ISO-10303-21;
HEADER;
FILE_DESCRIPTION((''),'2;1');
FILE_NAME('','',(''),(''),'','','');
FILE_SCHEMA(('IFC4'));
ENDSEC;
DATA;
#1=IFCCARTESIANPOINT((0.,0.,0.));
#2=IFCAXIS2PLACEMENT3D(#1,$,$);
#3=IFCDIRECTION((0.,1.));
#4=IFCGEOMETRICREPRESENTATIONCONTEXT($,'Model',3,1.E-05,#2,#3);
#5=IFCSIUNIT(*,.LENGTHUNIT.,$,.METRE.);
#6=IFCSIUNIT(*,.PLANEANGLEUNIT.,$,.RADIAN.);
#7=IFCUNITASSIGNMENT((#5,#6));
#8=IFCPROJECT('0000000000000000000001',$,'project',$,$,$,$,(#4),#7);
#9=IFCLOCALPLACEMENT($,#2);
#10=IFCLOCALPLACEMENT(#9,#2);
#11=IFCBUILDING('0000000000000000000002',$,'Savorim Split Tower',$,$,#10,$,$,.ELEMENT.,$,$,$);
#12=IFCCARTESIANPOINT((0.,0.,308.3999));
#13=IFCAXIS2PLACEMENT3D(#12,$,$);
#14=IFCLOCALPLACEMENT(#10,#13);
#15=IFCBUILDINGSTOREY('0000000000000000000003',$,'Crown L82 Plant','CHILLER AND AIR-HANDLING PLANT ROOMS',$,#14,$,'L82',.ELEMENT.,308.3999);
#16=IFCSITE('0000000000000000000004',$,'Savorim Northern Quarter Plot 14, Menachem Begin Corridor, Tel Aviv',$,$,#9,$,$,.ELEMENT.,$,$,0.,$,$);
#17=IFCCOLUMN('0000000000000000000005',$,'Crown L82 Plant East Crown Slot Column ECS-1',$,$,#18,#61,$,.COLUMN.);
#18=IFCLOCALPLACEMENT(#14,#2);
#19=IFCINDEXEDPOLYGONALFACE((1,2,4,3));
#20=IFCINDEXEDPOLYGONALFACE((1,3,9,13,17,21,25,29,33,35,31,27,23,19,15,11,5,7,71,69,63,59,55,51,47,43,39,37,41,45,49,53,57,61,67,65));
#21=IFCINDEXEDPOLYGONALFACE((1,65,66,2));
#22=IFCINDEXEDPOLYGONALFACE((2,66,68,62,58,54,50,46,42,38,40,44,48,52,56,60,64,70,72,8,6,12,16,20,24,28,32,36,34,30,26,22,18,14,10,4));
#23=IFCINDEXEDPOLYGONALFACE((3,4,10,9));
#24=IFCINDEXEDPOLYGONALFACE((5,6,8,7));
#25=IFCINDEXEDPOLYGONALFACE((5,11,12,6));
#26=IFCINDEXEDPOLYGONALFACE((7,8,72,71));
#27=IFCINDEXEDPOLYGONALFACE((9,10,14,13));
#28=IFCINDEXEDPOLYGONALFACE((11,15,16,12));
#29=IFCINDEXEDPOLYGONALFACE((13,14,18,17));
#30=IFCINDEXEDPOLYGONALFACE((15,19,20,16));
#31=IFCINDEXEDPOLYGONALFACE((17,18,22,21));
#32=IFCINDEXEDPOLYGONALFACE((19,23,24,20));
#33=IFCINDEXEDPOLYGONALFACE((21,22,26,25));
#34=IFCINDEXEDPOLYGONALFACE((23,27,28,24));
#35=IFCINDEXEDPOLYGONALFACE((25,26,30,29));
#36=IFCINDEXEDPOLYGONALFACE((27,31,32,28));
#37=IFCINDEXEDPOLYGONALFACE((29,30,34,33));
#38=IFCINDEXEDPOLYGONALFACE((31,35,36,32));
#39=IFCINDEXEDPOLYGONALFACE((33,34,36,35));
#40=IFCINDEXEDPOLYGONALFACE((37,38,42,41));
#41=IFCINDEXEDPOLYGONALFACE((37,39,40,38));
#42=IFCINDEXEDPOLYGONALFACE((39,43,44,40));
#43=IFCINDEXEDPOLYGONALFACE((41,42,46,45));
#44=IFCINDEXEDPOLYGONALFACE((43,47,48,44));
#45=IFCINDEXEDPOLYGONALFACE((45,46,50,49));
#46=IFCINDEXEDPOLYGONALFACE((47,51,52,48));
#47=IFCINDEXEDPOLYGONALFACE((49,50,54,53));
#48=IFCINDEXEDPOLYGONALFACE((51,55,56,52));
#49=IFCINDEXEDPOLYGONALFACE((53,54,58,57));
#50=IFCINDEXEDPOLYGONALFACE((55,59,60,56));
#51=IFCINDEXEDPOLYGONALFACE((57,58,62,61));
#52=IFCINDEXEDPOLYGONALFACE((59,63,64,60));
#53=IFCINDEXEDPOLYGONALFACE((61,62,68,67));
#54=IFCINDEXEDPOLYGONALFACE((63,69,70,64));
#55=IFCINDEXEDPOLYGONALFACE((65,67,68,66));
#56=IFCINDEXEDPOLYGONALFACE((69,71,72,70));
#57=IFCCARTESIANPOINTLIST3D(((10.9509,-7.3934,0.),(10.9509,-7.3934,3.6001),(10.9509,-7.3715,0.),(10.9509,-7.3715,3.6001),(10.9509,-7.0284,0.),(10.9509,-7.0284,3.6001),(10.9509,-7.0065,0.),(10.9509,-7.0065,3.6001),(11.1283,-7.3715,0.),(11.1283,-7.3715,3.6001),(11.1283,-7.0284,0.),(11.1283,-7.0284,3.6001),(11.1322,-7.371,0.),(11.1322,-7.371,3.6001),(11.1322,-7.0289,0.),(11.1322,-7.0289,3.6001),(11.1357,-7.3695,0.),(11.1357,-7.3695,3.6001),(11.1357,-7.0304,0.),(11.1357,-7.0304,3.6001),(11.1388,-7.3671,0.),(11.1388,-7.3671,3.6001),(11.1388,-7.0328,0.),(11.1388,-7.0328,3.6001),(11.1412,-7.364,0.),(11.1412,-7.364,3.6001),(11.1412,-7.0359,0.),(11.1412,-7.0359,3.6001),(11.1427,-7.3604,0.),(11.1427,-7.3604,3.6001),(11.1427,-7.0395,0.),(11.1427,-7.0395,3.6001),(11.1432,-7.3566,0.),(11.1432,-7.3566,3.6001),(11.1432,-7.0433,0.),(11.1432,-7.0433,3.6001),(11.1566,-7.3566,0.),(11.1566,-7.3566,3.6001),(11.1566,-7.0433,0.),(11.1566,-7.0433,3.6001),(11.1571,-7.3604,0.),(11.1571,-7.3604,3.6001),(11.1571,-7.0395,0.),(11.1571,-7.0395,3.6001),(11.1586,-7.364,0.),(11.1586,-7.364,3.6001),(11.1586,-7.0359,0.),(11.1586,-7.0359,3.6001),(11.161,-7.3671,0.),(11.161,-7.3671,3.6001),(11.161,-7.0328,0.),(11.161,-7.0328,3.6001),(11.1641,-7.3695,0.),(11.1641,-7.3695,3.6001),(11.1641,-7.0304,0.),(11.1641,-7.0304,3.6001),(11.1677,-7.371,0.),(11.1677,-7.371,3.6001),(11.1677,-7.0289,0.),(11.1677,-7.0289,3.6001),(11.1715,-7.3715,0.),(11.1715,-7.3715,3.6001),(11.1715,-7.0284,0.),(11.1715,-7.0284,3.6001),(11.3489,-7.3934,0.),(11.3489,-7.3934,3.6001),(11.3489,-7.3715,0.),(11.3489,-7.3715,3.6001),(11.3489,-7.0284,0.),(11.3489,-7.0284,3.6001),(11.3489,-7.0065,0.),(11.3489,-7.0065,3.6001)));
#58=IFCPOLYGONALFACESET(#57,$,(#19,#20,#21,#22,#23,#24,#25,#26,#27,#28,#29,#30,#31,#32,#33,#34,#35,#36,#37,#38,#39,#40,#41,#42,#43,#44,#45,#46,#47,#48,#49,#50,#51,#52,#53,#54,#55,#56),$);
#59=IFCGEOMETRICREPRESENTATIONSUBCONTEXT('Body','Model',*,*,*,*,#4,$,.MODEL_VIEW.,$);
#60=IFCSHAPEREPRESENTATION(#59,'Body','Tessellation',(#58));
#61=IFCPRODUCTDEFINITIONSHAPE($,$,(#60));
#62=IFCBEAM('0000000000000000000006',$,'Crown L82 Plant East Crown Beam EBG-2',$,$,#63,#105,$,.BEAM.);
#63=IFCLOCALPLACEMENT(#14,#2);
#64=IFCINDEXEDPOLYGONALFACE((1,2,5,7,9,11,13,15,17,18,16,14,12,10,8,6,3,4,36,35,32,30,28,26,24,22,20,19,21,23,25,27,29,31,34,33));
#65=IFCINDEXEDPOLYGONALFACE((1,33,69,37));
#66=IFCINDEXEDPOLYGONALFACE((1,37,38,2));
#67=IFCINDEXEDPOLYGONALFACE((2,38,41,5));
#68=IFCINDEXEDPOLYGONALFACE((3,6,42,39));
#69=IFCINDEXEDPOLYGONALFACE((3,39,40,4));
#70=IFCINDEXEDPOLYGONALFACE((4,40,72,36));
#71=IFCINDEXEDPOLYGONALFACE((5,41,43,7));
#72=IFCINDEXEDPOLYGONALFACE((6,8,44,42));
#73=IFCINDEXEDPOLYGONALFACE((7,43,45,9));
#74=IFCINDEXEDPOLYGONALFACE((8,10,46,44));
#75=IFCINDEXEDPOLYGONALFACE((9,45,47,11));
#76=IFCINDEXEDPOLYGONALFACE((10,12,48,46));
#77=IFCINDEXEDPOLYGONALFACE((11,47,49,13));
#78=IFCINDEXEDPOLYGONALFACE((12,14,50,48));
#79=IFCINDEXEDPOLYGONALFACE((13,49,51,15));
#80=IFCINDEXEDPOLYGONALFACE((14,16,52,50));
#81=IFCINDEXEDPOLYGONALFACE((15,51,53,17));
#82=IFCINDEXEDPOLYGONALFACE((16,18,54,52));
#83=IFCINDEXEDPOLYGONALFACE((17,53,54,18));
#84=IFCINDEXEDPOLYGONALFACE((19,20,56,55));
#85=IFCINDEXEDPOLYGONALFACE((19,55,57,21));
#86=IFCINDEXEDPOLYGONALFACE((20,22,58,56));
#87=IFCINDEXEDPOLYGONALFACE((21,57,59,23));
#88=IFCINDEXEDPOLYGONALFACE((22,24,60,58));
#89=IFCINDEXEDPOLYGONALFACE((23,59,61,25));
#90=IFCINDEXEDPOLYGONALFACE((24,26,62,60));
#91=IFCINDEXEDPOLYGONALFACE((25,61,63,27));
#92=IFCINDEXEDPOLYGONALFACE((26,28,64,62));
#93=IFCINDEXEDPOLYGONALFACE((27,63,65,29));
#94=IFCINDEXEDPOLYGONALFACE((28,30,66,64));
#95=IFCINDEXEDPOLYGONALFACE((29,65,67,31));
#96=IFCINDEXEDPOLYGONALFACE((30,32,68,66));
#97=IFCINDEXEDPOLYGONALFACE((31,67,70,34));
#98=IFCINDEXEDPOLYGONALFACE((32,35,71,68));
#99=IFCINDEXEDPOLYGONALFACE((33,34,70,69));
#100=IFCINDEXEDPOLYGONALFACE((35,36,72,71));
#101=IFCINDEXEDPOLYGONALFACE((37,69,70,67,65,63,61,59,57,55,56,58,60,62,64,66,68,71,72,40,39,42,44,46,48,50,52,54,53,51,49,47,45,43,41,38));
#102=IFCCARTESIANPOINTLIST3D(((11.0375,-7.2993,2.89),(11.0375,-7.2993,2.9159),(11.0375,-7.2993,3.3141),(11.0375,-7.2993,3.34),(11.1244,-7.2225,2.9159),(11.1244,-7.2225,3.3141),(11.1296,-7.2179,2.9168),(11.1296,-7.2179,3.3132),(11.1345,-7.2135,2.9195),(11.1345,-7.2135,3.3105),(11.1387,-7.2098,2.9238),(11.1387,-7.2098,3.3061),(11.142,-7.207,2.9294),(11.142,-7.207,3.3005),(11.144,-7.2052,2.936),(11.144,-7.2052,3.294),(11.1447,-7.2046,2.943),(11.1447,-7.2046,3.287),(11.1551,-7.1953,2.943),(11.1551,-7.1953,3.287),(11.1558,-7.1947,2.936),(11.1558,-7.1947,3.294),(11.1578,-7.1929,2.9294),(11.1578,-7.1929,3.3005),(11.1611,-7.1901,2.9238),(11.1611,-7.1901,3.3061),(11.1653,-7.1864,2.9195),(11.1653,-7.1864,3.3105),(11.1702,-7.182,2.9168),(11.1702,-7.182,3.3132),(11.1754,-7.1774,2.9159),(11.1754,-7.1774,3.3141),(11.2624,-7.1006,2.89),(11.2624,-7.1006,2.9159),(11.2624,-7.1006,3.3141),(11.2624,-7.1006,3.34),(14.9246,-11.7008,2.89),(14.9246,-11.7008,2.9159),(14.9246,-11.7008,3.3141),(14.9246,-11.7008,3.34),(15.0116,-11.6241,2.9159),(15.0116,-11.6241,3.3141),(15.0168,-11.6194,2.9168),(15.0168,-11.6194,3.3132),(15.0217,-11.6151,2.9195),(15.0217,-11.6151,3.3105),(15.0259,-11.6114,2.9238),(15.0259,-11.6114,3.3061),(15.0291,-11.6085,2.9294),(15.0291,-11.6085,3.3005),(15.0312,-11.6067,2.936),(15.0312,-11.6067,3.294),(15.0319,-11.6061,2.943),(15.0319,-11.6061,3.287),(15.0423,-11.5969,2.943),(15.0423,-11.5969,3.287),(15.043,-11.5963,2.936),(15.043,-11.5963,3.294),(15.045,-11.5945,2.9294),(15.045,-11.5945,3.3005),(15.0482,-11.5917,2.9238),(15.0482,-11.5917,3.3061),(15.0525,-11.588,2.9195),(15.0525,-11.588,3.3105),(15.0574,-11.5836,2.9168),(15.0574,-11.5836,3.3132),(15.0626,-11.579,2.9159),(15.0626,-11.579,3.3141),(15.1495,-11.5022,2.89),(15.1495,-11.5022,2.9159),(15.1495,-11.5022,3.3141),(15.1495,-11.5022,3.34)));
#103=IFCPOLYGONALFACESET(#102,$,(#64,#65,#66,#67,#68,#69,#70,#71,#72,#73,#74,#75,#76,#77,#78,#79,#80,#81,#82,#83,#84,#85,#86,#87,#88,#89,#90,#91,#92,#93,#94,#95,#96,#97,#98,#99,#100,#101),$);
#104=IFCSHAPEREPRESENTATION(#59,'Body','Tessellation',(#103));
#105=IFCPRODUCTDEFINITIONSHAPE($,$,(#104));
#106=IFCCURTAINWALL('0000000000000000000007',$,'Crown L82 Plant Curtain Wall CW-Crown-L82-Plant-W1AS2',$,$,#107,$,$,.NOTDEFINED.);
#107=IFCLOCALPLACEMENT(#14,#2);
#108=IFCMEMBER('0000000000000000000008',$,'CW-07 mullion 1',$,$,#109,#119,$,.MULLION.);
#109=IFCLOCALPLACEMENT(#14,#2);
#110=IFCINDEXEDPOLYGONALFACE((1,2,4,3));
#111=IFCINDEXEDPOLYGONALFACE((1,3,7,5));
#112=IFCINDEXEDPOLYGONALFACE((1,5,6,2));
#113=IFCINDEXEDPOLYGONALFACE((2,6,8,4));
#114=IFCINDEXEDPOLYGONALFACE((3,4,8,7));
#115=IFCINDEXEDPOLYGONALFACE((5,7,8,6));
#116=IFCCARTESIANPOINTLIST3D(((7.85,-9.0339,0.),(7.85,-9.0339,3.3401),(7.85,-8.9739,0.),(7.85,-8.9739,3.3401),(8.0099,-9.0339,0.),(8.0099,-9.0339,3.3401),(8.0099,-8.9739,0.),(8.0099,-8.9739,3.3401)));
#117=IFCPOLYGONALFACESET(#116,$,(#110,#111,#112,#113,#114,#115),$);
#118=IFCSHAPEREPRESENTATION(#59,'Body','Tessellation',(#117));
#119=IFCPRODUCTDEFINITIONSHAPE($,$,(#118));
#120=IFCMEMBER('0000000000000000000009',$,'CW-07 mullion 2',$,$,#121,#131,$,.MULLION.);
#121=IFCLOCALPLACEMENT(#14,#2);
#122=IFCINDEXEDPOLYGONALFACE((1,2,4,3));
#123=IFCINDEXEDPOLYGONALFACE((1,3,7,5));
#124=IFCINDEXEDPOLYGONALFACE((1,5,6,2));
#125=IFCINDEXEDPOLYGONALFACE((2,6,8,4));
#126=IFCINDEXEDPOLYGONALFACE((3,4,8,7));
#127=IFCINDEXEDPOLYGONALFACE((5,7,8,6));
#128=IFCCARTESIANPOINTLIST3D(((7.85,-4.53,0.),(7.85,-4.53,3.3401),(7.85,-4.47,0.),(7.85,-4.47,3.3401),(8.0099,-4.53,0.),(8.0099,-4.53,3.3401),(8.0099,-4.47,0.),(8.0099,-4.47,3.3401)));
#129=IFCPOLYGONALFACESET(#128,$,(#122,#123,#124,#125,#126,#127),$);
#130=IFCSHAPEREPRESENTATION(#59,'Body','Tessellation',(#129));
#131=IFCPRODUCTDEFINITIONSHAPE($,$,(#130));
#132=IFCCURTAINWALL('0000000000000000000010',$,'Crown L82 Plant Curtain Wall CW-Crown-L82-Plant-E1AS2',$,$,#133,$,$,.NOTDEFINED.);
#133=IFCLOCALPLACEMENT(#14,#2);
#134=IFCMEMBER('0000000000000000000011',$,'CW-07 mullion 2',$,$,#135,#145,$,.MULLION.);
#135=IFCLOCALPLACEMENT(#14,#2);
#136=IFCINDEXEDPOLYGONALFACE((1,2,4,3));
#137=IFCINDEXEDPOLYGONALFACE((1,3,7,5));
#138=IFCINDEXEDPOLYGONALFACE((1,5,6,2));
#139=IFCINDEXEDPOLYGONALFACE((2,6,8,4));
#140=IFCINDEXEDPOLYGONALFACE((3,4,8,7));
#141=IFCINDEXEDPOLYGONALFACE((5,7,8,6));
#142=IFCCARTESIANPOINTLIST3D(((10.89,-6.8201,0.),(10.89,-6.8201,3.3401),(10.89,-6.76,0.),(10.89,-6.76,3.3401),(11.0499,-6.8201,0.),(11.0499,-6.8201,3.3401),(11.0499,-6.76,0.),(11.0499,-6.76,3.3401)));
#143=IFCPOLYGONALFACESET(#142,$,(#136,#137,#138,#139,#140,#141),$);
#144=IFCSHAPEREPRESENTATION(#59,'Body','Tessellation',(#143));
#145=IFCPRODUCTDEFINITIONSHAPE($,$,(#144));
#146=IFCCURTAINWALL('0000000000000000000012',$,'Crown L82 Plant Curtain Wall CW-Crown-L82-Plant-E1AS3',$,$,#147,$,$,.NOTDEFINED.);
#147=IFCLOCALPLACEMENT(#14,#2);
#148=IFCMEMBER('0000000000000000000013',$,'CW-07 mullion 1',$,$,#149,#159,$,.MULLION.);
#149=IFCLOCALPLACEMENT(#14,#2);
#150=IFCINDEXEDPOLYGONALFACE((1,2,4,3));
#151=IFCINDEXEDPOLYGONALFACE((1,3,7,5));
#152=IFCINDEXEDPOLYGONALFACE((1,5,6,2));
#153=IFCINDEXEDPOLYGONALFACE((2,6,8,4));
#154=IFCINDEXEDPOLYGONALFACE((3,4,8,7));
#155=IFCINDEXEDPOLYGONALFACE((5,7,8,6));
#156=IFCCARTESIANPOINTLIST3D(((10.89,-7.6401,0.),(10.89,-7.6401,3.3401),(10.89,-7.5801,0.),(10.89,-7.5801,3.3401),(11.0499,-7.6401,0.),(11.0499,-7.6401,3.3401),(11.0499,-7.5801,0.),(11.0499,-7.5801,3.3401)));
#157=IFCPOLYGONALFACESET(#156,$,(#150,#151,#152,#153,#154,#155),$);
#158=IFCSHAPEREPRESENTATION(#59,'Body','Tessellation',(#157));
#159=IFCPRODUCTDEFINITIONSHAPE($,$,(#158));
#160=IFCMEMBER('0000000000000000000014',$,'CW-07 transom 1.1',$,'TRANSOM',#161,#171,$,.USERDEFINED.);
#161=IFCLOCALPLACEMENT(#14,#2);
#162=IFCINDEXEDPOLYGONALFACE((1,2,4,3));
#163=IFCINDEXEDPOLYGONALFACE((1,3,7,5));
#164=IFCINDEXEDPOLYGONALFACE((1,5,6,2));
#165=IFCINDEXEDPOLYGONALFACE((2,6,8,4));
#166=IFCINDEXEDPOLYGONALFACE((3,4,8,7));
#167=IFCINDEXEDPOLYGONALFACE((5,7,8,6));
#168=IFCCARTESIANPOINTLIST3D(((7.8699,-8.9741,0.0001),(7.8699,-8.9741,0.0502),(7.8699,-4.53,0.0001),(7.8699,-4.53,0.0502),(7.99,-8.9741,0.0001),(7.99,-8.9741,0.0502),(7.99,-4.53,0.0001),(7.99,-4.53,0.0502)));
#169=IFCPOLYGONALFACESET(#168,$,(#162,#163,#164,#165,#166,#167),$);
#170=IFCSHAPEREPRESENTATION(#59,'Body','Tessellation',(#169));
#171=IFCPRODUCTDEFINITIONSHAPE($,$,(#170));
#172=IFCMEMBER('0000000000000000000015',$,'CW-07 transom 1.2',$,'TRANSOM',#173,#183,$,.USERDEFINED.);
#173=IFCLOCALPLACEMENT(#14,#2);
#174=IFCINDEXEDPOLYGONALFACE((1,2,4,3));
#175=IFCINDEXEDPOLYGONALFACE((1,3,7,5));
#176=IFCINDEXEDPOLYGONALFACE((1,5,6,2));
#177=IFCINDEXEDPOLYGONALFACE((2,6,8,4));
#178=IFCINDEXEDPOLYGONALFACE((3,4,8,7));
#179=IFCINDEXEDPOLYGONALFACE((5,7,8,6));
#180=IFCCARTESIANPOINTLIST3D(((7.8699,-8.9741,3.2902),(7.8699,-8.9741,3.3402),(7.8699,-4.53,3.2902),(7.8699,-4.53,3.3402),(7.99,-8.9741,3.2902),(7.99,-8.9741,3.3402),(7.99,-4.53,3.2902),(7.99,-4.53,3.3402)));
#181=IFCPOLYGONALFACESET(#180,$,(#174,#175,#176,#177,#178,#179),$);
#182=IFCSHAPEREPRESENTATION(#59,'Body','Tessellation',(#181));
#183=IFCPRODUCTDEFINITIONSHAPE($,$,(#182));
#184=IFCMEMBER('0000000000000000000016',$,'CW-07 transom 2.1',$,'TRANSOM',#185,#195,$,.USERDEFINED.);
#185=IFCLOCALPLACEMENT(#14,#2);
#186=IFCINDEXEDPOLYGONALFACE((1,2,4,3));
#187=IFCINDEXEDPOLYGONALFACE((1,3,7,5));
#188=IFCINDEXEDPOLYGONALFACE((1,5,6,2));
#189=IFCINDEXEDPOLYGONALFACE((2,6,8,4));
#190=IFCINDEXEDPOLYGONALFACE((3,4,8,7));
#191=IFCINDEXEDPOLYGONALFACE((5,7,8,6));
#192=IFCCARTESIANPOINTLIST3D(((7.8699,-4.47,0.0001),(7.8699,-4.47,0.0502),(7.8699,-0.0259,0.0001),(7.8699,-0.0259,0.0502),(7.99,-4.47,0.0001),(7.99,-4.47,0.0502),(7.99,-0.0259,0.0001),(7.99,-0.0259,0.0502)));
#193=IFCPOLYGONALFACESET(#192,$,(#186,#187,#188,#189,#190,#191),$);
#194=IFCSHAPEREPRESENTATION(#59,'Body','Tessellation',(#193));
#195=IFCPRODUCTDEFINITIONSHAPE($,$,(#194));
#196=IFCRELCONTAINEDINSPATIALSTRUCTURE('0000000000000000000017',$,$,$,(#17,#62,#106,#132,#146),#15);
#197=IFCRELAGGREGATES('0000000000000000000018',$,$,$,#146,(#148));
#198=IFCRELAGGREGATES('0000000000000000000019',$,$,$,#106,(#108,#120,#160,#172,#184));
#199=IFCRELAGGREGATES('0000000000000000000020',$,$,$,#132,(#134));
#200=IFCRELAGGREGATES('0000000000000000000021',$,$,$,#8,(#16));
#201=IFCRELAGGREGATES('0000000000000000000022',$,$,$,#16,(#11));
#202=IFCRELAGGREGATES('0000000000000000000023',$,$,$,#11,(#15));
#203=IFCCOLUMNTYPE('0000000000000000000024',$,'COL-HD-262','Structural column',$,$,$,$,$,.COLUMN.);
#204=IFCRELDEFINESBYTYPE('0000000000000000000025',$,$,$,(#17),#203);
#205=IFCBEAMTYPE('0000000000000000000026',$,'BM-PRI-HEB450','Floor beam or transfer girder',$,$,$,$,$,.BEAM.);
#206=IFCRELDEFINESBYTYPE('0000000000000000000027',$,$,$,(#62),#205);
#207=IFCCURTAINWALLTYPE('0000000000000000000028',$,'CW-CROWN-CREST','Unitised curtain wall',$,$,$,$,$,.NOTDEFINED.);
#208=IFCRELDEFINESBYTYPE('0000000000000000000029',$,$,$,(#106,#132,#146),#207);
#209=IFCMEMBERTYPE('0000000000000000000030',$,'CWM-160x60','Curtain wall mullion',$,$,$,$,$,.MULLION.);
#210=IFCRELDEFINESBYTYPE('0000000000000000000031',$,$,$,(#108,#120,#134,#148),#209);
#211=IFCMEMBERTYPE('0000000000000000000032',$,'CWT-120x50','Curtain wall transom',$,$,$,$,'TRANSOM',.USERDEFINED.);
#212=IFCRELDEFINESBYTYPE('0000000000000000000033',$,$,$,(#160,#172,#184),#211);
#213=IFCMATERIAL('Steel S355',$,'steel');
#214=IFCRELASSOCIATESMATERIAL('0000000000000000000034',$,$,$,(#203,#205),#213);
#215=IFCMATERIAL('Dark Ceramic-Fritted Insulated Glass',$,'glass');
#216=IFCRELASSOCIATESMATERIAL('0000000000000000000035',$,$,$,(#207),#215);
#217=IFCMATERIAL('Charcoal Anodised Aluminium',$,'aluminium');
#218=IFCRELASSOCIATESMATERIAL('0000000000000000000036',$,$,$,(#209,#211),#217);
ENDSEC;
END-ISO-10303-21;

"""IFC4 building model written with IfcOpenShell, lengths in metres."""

from ifc_helpers import new_model, si_unit, direction, frame, origin, origin_2d, place, context, subcontext, project, spatial, rectangle, i_section, extrude, material, material_profile, profile_set, type_object, element, aggregate, save


model = new_model("IFC4")

# Units and contexts
model_context = context("Model", 3, precision=1e-05, world=origin(), true_north=direction((0.0, 1.0)))
body_context = subcontext(model_context, "Body", "Model", "MODEL_VIEW")
ifc_project = project(units=[si_unit("LENGTHUNIT", "METRE"), si_unit("PLANEANGLEUNIT", "RADIAN")], contexts=[model_context])

# Site, building, storey
site_placement = place(None, origin())
site = spatial("IfcSite", under=ifc_project, at=site_placement, Name="Savorim Northern Quarter Plot 14, Menachem Begin Corridor, Tel Aviv", CompositionType="ELEMENT", RefElevation=0.0)
building_placement = place(site_placement, origin())
building = spatial("IfcBuilding", under=site, at=building_placement, Name="Savorim Split Tower", CompositionType="ELEMENT")
storey_placement = place(building_placement, frame((0.0, 0.0, 308.3999)))
storey = spatial("IfcBuildingStorey", under=building, at=storey_placement, Name="Crown L82 Plant", Description="CHILLER AND AIR-HANDLING PLANT ROOMS", LongName="L82", CompositionType="ELEMENT", Elevation=308.3999)

# Column
ifc_material_1 = material(Name="Steel S355", Category="steel")
ifc_material_profile_1 = material_profile(ifc_material_1, i_section(OverallWidth=0.3979, OverallDepth=0.387, WebThickness=0.0134, FlangeThickness=0.022, FilletRadius=0.0149, at=origin_2d()), Name="HD 400x262")
ifc_profile_set_1 = profile_set([ifc_material_profile_1], Name="Steel S355")
column_type = type_object("IfcColumnType", Name="COL-HD-262", Description="Structural column", PredefinedType="COLUMN", material=ifc_profile_set_1)
column_placement = place(storey_placement, frame((11.1499, -7.2, 0.0), z_axis=(0.0, 0.0, 1.0), x_axis=(1.0, 0.0, 0.0)))
element("IfcColumn", 1, at=column_placement, inside=storey, type_object=column_type, Name="Crown L82 Plant East Crown Slot Column ECS-1", PredefinedType="COLUMN", context=body_context, shape_type="SweptSolid", body=[
    extrude(i_section(OverallWidth=0.3979, OverallDepth=0.387, WebThickness=0.0134, FlangeThickness=0.022, FilletRadius=0.0149, at=origin_2d()), origin(), (0.0, 0.0, 1.0), 3.6001),
])

# Beam
ifc_material_profile_2 = material_profile(ifc_material_1, i_section(OverallWidth=0.3, OverallDepth=0.45, WebThickness=0.0139, FlangeThickness=0.0259, FilletRadius=0.0271, at=origin_2d()), Name="HEB 450")
ifc_profile_set_2 = profile_set([ifc_material_profile_2], Name="Steel S355")
beam_type = type_object("IfcBeamType", Name="BM-PRI-HEB450", Description="Floor beam or transfer girder", PredefinedType="BEAM", material=ifc_profile_set_2)
beam_placement = place(storey_placement, frame((11.1499, -7.2, 3.115), z_axis=(0.66195, -0.749548, 0.0), x_axis=(0.749548, 0.66195, 0.0)))
element("IfcBeam", 2, at=beam_placement, inside=storey, type_object=beam_type, Name="Crown L82 Plant East Crown Beam EBG-2", PredefinedType="BEAM", context=body_context, shape_type="SweptSolid", body=[
    extrude(i_section(OverallWidth=0.3, OverallDepth=0.45, WebThickness=0.0139, FlangeThickness=0.0259, FilletRadius=0.0271, at=origin_2d()), origin(), (0.0, 0.0, 1.0), 5.8723),
])

# Curtain wall, members
ifc_material_2 = material(Name="Dark Ceramic-Fritted Insulated Glass", Category="glass")
curtain_wall_type = type_object("IfcCurtainWallType", Name="CW-CROWN-CREST", Description="Unitised curtain wall", PredefinedType="NOTDEFINED", material=ifc_material_2)
curtain_wall_1_placement = place(storey_placement, origin())
curtain_wall_1 = element("IfcCurtainWall", 3, at=curtain_wall_1_placement, inside=storey, type_object=curtain_wall_type, Name="Crown L82 Plant Curtain Wall CW-Crown-L82-Plant-W1AS2", PredefinedType="NOTDEFINED")
ifc_material_3 = material(Name="Charcoal Anodised Aluminium", Category="aluminium")
ifc_material_profile_3 = material_profile(ifc_material_3, rectangle(XDim=0.1599, YDim=0.0601, at=origin_2d()), Name="ALU-M 160x60")
ifc_profile_set_3 = profile_set([ifc_material_profile_3], Name="Charcoal Anodised Aluminium")
member_type_1 = type_object("IfcMemberType", Name="CWM-160x60", Description="Curtain wall mullion", PredefinedType="MULLION", material=ifc_profile_set_3)
member_1_placement = place(storey_placement, frame((7.9299, -9.0039, 0.0), z_axis=(0.0, 0.0, 1.0), x_axis=(-1.0, 0.0, 0.0)))
member_1 = element("IfcMember", 4, at=member_1_placement, type_object=member_type_1, Name="CW-07 mullion 1", PredefinedType="MULLION", context=body_context, shape_type="SweptSolid", body=[
    extrude(rectangle(XDim=0.1599, YDim=0.0601, at=origin_2d()), origin(), (0.0, 0.0, 1.0), 3.3401),
])
member_2_placement = place(storey_placement, frame((7.9299, -4.5, 0.0), z_axis=(0.0, 0.0, 1.0), x_axis=(-1.0, 0.0, 0.0)))
member_2 = element("IfcMember", 5, at=member_2_placement, type_object=member_type_1, Name="CW-07 mullion 2", PredefinedType="MULLION", context=body_context, shape_type="SweptSolid", body=[
    extrude(rectangle(XDim=0.1599, YDim=0.0601, at=origin_2d()), origin(), (0.0, 0.0, 1.0), 3.3401),
])

# Curtain walls, members
curtain_wall_2_placement = place(storey_placement, origin())
curtain_wall_2 = element("IfcCurtainWall", 6, at=curtain_wall_2_placement, inside=storey, type_object=curtain_wall_type, Name="Crown L82 Plant Curtain Wall CW-Crown-L82-Plant-E1AS2", PredefinedType="NOTDEFINED")
member_3_placement = place(storey_placement, frame((10.97, -6.79, 0.0), z_axis=(0.0, 0.0, 1.0), x_axis=(1.0, 0.0, 0.0)))
member_3 = element("IfcMember", 7, at=member_3_placement, type_object=member_type_1, Name="CW-07 mullion 2", PredefinedType="MULLION", context=body_context, shape_type="SweptSolid", body=[
    extrude(rectangle(XDim=0.1599, YDim=0.0601, at=origin_2d()), origin(), (0.0, 0.0, 1.0), 3.3401),
])
curtain_wall_3_placement = place(storey_placement, origin())
curtain_wall_3 = element("IfcCurtainWall", 8, at=curtain_wall_3_placement, inside=storey, type_object=curtain_wall_type, Name="Crown L82 Plant Curtain Wall CW-Crown-L82-Plant-E1AS3", PredefinedType="NOTDEFINED")
member_4_placement = place(storey_placement, frame((10.97, -7.6101, 0.0), z_axis=(0.0, 0.0, 1.0), x_axis=(1.0, 0.0, 0.0)))
member_4 = element("IfcMember", 9, at=member_4_placement, type_object=member_type_1, Name="CW-07 mullion 1", PredefinedType="MULLION", context=body_context, shape_type="SweptSolid", body=[
    extrude(rectangle(XDim=0.1599, YDim=0.0601, at=origin_2d()), origin(), (0.0, 0.0, 1.0), 3.3401),
])

# Members
ifc_material_profile_4 = material_profile(ifc_material_3, rectangle(XDim=0.1201, YDim=0.05, at=origin_2d()), Name="ALU-T 120x50")
ifc_profile_set_4 = profile_set([ifc_material_profile_4], Name="Charcoal Anodised Aluminium")
member_type_2 = type_object("IfcMemberType", Name="CWT-120x50", Description="Curtain wall transom", ElementType="TRANSOM", PredefinedType="USERDEFINED", material=ifc_profile_set_4)
member_5_placement = place(storey_placement, frame((7.9299, -8.9741, 0.0251), z_axis=(0.0, 1.0, 0.0), x_axis=(-1.0, 0.0, 0.0)))
member_5 = element("IfcMember", 10, at=member_5_placement, type_object=member_type_2, Name="CW-07 transom 1.1", ObjectType="TRANSOM", PredefinedType="USERDEFINED", context=body_context, shape_type="SweptSolid", body=[
    extrude(rectangle(XDim=0.1201, YDim=0.05, at=origin_2d()), origin(), (0.0, 0.0, 1.0), 4.4441),
])
member_6_placement = place(storey_placement, frame((7.9299, -8.9741, 3.3152), z_axis=(0.0, 1.0, 0.0), x_axis=(-1.0, 0.0, 0.0)))
member_6 = element("IfcMember", 11, at=member_6_placement, type_object=member_type_2, Name="CW-07 transom 1.2", ObjectType="TRANSOM", PredefinedType="USERDEFINED", context=body_context, shape_type="SweptSolid", body=[
    extrude(rectangle(XDim=0.1201, YDim=0.05, at=origin_2d()), origin(), (0.0, 0.0, 1.0), 4.4441),
])
member_7_placement = place(storey_placement, frame((7.9299, -4.47, 0.0251), z_axis=(0.0, 1.0, 0.0), x_axis=(-1.0, 0.0, 0.0)))
member_7 = element("IfcMember", 12, at=member_7_placement, type_object=member_type_2, Name="CW-07 transom 2.1", ObjectType="TRANSOM", PredefinedType="USERDEFINED", context=body_context, shape_type="SweptSolid", body=[
    extrude(rectangle(XDim=0.1201, YDim=0.05, at=origin_2d()), origin(), (0.0, 0.0, 1.0), 4.4441),
])
aggregate(curtain_wall_3, [member_4])

aggregate(curtain_wall_1, [member_1, member_2, member_5, member_6, member_7])
aggregate(curtain_wall_2, [member_3])

save(model, "model.ifc")
